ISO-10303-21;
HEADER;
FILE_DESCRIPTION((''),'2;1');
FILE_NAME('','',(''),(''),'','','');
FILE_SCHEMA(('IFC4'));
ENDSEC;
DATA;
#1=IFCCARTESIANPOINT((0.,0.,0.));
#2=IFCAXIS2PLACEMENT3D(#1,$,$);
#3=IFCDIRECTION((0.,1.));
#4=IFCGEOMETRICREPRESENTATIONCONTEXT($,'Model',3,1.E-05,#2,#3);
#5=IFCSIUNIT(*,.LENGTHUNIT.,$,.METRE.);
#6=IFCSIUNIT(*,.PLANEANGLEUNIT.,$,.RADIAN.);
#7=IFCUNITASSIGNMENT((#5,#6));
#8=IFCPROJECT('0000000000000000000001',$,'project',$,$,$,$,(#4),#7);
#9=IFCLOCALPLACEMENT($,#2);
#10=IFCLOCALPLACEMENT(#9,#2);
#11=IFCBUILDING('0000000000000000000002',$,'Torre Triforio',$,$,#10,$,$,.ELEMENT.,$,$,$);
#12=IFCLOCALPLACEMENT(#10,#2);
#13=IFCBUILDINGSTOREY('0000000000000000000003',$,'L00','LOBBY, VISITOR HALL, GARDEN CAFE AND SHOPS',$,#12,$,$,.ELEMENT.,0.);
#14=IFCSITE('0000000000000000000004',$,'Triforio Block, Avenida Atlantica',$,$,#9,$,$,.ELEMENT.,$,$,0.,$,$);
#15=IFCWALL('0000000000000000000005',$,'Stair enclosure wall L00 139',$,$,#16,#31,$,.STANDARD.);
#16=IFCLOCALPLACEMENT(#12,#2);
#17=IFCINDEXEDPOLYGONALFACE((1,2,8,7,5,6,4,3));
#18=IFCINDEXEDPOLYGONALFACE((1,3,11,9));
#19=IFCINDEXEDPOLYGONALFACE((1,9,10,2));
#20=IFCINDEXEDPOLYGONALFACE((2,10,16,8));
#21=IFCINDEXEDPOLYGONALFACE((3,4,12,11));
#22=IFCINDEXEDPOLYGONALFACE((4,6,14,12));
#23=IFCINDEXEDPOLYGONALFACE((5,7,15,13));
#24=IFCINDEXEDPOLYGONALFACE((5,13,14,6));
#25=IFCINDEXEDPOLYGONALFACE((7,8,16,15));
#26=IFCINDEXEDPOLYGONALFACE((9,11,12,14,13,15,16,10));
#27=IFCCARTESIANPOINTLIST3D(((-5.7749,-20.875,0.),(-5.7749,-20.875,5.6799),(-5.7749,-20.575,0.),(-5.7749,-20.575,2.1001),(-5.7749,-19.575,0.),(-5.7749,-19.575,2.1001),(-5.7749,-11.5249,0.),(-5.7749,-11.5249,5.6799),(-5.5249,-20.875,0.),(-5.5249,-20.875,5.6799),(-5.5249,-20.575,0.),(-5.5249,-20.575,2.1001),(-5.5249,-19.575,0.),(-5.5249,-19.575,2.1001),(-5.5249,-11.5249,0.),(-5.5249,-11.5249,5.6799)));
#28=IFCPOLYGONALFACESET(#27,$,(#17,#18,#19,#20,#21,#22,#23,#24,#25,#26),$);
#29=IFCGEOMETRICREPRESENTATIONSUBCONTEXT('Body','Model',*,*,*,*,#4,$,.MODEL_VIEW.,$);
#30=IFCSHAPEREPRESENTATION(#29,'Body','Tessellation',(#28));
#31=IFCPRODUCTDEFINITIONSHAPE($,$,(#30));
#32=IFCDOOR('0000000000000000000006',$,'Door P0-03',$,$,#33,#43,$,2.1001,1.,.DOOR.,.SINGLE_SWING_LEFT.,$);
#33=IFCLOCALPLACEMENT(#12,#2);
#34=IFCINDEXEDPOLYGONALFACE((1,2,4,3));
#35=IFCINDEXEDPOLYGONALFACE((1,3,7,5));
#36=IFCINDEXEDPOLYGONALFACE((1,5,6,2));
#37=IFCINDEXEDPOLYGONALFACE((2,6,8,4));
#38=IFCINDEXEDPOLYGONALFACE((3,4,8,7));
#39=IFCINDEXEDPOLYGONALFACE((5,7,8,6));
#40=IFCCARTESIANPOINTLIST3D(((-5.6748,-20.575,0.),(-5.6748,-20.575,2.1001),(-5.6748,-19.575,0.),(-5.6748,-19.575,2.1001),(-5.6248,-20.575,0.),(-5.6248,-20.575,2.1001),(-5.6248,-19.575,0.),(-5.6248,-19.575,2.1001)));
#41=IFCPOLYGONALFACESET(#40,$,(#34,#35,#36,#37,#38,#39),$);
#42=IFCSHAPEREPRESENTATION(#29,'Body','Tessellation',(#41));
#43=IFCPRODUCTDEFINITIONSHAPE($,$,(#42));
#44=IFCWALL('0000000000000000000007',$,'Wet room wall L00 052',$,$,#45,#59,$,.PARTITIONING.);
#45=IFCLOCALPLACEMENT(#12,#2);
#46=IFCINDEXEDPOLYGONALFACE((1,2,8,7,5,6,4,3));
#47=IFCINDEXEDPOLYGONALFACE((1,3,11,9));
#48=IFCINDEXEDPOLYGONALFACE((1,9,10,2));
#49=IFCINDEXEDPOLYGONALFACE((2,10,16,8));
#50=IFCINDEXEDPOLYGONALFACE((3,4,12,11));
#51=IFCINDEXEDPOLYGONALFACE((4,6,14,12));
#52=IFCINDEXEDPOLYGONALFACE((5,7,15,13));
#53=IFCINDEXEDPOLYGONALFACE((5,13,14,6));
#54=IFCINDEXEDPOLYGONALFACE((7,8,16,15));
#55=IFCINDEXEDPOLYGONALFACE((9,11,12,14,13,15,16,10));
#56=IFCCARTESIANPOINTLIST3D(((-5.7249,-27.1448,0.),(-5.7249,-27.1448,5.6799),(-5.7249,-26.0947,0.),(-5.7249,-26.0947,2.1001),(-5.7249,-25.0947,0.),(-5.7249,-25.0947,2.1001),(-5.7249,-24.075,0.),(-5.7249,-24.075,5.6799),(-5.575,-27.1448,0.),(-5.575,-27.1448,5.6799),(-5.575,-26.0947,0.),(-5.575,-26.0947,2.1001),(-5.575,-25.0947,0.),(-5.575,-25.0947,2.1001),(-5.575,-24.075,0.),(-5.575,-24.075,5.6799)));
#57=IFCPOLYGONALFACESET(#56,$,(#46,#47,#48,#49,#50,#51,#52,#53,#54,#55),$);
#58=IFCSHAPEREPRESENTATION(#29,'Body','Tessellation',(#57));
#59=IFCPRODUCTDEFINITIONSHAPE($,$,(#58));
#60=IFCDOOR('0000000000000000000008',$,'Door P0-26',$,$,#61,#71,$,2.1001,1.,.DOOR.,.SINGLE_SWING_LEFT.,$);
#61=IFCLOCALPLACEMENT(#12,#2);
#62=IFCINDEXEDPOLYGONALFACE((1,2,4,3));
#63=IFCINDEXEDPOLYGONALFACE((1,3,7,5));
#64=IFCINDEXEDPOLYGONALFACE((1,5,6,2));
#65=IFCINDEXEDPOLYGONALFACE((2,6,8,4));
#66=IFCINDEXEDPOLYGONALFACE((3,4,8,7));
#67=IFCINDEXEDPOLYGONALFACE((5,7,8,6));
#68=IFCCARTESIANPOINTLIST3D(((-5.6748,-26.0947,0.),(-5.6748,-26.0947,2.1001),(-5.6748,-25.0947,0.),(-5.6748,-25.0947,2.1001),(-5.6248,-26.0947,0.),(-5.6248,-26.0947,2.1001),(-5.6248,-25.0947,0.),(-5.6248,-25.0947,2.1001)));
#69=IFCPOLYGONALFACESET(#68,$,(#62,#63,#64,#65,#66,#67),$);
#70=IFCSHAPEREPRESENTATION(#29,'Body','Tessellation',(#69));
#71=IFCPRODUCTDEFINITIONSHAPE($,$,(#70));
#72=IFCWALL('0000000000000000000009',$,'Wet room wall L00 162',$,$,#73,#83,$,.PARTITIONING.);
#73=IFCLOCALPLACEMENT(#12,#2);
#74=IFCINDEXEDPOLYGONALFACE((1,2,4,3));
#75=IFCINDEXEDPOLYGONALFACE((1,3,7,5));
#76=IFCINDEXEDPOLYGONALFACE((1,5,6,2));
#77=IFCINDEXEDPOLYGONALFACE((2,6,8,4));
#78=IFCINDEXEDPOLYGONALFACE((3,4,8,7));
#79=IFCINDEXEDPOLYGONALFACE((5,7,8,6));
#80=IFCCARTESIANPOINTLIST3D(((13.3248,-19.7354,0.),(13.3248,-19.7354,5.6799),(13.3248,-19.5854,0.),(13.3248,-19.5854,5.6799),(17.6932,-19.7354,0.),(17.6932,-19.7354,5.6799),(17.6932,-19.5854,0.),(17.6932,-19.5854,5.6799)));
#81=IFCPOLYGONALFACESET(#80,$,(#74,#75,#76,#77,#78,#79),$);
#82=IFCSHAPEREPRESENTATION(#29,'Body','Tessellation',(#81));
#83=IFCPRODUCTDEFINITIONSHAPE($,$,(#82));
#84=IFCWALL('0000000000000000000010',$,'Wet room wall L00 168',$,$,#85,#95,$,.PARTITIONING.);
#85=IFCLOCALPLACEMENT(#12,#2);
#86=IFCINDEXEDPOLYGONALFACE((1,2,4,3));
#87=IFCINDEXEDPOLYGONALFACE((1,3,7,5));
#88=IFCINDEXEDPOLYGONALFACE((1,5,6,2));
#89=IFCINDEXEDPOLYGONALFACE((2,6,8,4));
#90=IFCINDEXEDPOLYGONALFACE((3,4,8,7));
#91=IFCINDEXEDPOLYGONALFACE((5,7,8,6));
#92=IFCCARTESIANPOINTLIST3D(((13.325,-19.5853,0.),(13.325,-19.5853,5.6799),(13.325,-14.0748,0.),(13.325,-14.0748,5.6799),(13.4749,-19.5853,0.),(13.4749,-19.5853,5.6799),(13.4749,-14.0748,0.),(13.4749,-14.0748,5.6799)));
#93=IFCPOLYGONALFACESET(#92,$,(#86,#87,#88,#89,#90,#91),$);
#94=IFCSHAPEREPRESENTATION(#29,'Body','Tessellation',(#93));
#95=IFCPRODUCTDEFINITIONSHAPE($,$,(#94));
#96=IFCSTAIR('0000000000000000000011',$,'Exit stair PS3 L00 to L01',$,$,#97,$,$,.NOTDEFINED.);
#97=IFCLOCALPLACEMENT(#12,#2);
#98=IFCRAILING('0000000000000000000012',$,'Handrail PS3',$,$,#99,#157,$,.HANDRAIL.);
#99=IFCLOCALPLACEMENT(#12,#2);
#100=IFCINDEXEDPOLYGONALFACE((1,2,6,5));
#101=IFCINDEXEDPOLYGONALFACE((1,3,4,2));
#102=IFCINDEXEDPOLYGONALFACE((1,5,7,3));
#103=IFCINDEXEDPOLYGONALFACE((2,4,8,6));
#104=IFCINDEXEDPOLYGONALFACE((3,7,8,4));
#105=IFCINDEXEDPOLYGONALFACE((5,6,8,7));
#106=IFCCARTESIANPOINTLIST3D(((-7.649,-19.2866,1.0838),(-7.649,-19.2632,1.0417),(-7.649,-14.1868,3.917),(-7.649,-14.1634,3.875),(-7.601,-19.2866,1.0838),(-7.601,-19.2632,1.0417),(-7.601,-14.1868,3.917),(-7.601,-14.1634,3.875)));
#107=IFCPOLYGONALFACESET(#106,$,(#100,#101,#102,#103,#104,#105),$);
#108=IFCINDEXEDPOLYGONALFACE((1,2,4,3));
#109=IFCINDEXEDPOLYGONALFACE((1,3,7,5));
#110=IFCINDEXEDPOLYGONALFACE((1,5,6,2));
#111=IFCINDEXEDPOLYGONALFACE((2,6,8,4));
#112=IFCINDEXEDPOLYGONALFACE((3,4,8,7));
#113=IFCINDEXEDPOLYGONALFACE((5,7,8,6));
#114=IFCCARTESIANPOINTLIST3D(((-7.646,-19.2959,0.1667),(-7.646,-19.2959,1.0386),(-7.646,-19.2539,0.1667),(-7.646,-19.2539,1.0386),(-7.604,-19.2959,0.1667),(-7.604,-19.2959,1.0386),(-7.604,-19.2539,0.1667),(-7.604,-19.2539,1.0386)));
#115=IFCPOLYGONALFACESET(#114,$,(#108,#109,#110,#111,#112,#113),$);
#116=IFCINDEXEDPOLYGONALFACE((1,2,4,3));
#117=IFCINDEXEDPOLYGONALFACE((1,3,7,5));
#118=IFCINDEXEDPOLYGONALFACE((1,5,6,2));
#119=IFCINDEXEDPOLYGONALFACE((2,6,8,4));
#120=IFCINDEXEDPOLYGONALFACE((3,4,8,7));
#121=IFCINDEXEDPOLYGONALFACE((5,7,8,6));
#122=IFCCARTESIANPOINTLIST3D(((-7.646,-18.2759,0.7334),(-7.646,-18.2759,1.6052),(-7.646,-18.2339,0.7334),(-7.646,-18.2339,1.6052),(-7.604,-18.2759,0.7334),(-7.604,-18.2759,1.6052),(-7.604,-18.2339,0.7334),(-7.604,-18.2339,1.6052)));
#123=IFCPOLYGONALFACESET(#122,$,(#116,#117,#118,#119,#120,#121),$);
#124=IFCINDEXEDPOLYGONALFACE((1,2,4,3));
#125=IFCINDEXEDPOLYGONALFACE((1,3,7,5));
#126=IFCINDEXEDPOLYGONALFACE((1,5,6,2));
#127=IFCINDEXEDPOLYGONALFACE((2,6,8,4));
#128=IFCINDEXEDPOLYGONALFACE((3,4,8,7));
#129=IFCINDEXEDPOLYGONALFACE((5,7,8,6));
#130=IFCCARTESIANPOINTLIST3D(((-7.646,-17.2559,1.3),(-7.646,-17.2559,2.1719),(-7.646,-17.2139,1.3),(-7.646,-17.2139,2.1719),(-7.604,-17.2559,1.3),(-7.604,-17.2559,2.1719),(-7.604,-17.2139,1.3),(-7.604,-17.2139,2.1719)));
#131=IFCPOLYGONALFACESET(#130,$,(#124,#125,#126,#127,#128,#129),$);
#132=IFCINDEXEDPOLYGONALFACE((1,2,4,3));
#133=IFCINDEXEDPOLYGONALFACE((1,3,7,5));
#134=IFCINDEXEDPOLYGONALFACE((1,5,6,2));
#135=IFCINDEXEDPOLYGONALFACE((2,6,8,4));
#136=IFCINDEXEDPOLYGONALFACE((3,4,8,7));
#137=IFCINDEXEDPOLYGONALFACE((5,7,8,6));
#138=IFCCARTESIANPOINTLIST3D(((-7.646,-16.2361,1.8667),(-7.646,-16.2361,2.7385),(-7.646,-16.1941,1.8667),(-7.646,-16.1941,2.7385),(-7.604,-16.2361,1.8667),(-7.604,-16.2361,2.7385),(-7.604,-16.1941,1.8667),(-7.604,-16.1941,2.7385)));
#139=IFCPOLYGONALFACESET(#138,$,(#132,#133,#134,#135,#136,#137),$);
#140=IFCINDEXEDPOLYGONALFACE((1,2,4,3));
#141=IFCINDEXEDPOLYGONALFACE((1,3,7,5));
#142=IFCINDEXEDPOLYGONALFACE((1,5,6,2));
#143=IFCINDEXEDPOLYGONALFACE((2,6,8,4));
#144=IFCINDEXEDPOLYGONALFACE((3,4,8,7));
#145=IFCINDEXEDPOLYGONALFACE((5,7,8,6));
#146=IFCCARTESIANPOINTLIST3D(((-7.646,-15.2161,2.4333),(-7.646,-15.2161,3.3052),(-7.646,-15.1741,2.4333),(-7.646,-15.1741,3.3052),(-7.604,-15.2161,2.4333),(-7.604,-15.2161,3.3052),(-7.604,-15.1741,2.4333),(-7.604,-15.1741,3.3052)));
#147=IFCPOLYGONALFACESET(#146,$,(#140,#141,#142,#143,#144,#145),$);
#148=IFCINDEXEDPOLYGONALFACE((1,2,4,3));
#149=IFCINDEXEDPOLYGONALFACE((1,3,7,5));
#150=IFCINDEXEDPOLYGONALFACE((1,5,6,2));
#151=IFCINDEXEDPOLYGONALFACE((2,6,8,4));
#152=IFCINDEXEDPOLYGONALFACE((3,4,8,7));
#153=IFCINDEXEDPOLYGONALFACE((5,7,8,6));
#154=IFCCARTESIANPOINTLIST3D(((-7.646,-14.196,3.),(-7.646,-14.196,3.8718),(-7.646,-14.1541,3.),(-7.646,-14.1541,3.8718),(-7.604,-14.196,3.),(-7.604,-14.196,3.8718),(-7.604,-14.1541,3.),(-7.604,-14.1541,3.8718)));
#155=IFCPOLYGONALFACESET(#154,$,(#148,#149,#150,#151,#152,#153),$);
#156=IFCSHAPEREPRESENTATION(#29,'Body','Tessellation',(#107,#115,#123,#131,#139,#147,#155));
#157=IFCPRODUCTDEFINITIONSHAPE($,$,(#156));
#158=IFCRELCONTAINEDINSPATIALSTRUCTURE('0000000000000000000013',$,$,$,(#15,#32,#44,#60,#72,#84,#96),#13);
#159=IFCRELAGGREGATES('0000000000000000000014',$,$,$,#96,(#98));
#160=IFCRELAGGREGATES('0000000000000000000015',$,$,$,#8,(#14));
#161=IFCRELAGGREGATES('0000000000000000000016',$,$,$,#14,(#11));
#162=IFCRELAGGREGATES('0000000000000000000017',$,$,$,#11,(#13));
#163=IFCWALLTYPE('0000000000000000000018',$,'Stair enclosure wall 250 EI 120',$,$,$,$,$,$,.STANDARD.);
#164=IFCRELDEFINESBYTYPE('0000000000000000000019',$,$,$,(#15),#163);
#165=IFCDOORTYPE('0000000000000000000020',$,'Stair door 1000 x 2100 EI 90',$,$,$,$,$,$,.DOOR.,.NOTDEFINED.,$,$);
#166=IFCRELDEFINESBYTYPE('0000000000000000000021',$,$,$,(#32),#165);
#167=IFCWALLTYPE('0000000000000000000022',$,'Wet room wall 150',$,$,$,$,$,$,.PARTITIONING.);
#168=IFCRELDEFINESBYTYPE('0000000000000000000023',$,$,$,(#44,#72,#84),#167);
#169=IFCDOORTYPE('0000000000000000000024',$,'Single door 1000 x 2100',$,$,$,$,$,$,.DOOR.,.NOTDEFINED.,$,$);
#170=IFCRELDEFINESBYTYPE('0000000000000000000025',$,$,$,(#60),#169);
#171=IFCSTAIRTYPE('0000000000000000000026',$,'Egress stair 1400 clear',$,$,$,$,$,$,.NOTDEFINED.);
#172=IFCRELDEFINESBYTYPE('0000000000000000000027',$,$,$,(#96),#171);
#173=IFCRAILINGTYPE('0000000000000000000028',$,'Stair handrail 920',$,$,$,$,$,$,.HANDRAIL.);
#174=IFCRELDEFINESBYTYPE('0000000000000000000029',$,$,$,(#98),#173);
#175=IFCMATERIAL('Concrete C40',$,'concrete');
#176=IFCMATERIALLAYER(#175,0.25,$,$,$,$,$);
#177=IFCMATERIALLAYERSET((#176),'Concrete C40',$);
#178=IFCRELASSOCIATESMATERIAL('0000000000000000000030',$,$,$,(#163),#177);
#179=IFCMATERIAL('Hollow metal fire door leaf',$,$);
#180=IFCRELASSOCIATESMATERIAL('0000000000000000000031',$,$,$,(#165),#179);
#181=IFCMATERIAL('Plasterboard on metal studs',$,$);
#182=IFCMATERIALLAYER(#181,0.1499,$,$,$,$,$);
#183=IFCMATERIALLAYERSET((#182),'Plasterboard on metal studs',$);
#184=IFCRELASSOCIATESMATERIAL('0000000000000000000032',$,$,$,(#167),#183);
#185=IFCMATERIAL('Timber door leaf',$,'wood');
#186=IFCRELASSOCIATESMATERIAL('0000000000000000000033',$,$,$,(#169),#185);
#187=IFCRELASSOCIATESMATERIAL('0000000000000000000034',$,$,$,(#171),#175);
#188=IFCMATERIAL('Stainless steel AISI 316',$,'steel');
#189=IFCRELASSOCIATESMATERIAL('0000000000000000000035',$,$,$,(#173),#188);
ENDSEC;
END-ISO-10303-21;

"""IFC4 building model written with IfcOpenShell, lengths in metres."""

from ifc_helpers import new_model, si_unit, direction, frame, frame_2d, origin, origin_2d, place, context, subcontext, project, spatial, rectangle, extrude, material, layer, layer_set, type_object, element, fill, aggregate, save


model = new_model("IFC4")

# Units and contexts
model_context = context("Model", 3, precision=1e-05, world=origin(), true_north=direction((0.0, 1.0)))
body_context = subcontext(model_context, "Body", "Model", "MODEL_VIEW")
ifc_project = project(units=[si_unit("LENGTHUNIT", "METRE"), si_unit("PLANEANGLEUNIT", "RADIAN")], contexts=[model_context])

# Site, building, storey
site_placement = place(None, origin())
site = spatial("IfcSite", under=ifc_project, at=site_placement, Name="Triforio Block, Avenida Atlantica", CompositionType="ELEMENT", RefElevation=0.0)
building_placement = place(site_placement, origin())
building = spatial("IfcBuilding", under=site, at=building_placement, Name="Torre Triforio", CompositionType="ELEMENT")
storey_placement = place(building_placement, origin())
storey = spatial("IfcBuildingStorey", under=building, at=storey_placement, Name="L00", Description="LOBBY, VISITOR HALL, GARDEN CAFE AND SHOPS", CompositionType="ELEMENT", Elevation=0.0)

# Shared definitions
ifc_material_1 = material(Name="Plasterboard on metal studs")

# Shared definitions
ifc_material_2 = material(Name="Hollow metal fire door leaf")

# Walls, openings, doors
ifc_material_3 = material(Name="Concrete C40", Category="concrete")
ifc_layer_1 = layer(ifc_material_3, 0.25)
ifc_layer_set_1 = layer_set([ifc_layer_1], Name="Concrete C40")
wall_type_1 = type_object("IfcWallType", Name="Stair enclosure wall 250 EI 120", PredefinedType="STANDARD", material=ifc_layer_set_1)
wall_1_placement = place(storey_placement, frame((-5.6499, -20.875, 0.0), z_axis=(0.0, 0.0, 1.0), x_axis=(0.0, 1.0, 0.0)))
wall_1 = element("IfcWall", 1, at=wall_1_placement, inside=storey, type_object=wall_type_1, Name="Stair enclosure wall L00 139", PredefinedType="STANDARD", context=body_context, shape_type="SweptSolid", body=[
    extrude(rectangle(XDim=9.3501, YDim=0.25, at=frame_2d((4.675, 0.0))), origin(), (0.0, 0.0, 1.0), 5.6799),
])
opening_1_placement = place(wall_1_placement, frame((0.3, 0.0, 0.0)))
opening_1 = element("IfcOpeningElement", 2, at=opening_1_placement, cuts=wall_1, PredefinedType="OPENING", context=body_context, shape_type="SweptSolid", body=[
    extrude(rectangle(XDim=1.0, YDim=2.1001, at=frame_2d((0.5, 1.05))), frame((0.0, 0.135, 0.0), z_axis=(0.0, -1.0, 0.0), x_axis=(1.0, 0.0, 0.0)), (0.0, 0.0, 1.0), 0.27),
])
door_type_1 = type_object("IfcDoorType", Name="Stair door 1000 x 2100 EI 90", OperationType="NOTDEFINED", PredefinedType="DOOR", material=ifc_material_2)
door_1_placement = place(opening_1_placement, origin())
door_1 = element("IfcDoor", 3, at=door_1_placement, inside=storey, type_object=door_type_1, Name="Door P0-03", OperationType="SINGLE_SWING_LEFT", OverallHeight=2.1001, OverallWidth=1.0, PredefinedType="DOOR", context=body_context, shape_type="SweptSolid", body=[
    extrude(rectangle(XDim=1.0, YDim=2.1001, at=frame_2d((0.5, 1.05))), frame((0.0, 0.0249, 0.0), z_axis=(0.0, -1.0, 0.0), x_axis=(1.0, 0.0, 0.0)), (0.0, 0.0, 1.0), 0.05),
])
fill(opening_1, door_1)
ifc_layer_2 = layer(ifc_material_1, 0.1499)
ifc_layer_set_2 = layer_set([ifc_layer_2], Name="Plasterboard on metal studs")
wall_type_2 = type_object("IfcWallType", Name="Wet room wall 150", PredefinedType="PARTITIONING", material=ifc_layer_set_2)
wall_2_placement = place(storey_placement, frame((-5.6499, -27.1448, 0.0), z_axis=(0.0, 0.0, 1.0), x_axis=(0.0, 1.0, 0.0)))
wall_2 = element("IfcWall", 4, at=wall_2_placement, inside=storey, type_object=wall_type_2, Name="Wet room wall L00 052", PredefinedType="PARTITIONING", context=body_context, shape_type="SweptSolid", body=[
    extrude(rectangle(XDim=3.0698, YDim=0.1499, at=frame_2d((1.5349, 0.0))), origin(), (0.0, 0.0, 1.0), 5.6799),
])
opening_2_placement = place(wall_2_placement, frame((1.05, 0.0, 0.0)))
opening_2 = element("IfcOpeningElement", 5, at=opening_2_placement, cuts=wall_2, PredefinedType="OPENING", context=body_context, shape_type="SweptSolid", body=[
    extrude(rectangle(XDim=1.0, YDim=2.1001, at=frame_2d((0.5, 1.05))), frame((0.0, 0.085, 0.0), z_axis=(0.0, -1.0, 0.0), x_axis=(1.0, 0.0, 0.0)), (0.0, 0.0, 1.0), 0.1699),
])
ifc_material_4 = material(Name="Timber door leaf", Category="wood")
door_type_2 = type_object("IfcDoorType", Name="Single door 1000 x 2100", OperationType="NOTDEFINED", PredefinedType="DOOR", material=ifc_material_4)
door_2_placement = place(opening_2_placement, origin())
door_2 = element("IfcDoor", 6, at=door_2_placement, inside=storey, type_object=door_type_2, Name="Door P0-26", OperationType="SINGLE_SWING_LEFT", OverallHeight=2.1001, OverallWidth=1.0, PredefinedType="DOOR", context=body_context, shape_type="SweptSolid", body=[
    extrude(rectangle(XDim=1.0, YDim=2.1001, at=frame_2d((0.5, 1.05))), frame((0.0, 0.0249, 0.0), z_axis=(0.0, -1.0, 0.0), x_axis=(1.0, 0.0, 0.0)), (0.0, 0.0, 1.0), 0.05),
])
fill(opening_2, door_2)

# Walls
wall_3_placement = place(storey_placement, frame((13.325, -19.6604, 0.0), z_axis=(0.0, 0.0, 1.0), x_axis=(1.0, 0.0, 0.0)))
element("IfcWall", 7, at=wall_3_placement, inside=storey, type_object=wall_type_2, Name="Wet room wall L00 162", PredefinedType="PARTITIONING", context=body_context, shape_type="SweptSolid", body=[
    extrude(rectangle(XDim=4.3684, YDim=0.1499, at=frame_2d((2.1841, 0.0))), origin(), (0.0, 0.0, 1.0), 5.6799),
])
wall_4_placement = place(storey_placement, frame((13.3999, -19.5854, 0.0), z_axis=(0.0, 0.0, 1.0), x_axis=(0.0, 1.0, 0.0)))
element("IfcWall", 8, at=wall_4_placement, inside=storey, type_object=wall_type_2, Name="Wet room wall L00 168", PredefinedType="PARTITIONING", context=body_context, shape_type="SweptSolid", body=[
    extrude(rectangle(XDim=5.5105, YDim=0.1499, at=frame_2d((2.7554, 0.0))), origin(), (0.0, 0.0, 1.0), 5.6799),
])

# Stair, railing
stair_type = type_object("IfcStairType", Name="Egress stair 1400 clear", PredefinedType="NOTDEFINED", material=ifc_material_3)
stair_placement = place(storey_placement, origin())
stair = element("IfcStair", 9, at=stair_placement, inside=storey, type_object=stair_type, Name="Exit stair PS3 L00 to L01", PredefinedType="NOTDEFINED")
ifc_material_5 = material(Name="Stainless steel AISI 316", Category="steel")
railing_type = type_object("IfcRailingType", Name="Stair handrail 920", PredefinedType="HANDRAIL", material=ifc_material_5)
railing_placement = place(storey_placement, frame((-7.625, -19.2749, 0.1667)))
railing = element("IfcRailing", 10, at=railing_placement, type_object=railing_type, Name="Handrail PS3", PredefinedType="HANDRAIL", context=body_context, shape_type="SweptSolid", body=[
    extrude(rectangle(XDim=0.0481, YDim=0.0481, at=origin_2d()), frame((0.0, 0.0, 0.896), z_axis=(0.0, 0.874157, 0.485643), x_axis=(-1.0, 0.0, 0.0)), (0.0, 0.0, 1.0), 5.834),
    extrude(rectangle(XDim=0.042, YDim=0.042, at=origin_2d()), origin(), (0.0, 0.0, 1.0), 0.8718),
    extrude(rectangle(XDim=0.042, YDim=0.042, at=origin_2d()), frame((0.0, 1.02, 0.5667)), (0.0, 0.0, 1.0), 0.8718),
    extrude(rectangle(XDim=0.042, YDim=0.042, at=origin_2d()), frame((0.0, 2.04, 1.1333)), (0.0, 0.0, 1.0), 0.8718),
    extrude(rectangle(XDim=0.042, YDim=0.042, at=origin_2d()), frame((0.0, 3.0598, 1.7)), (0.0, 0.0, 1.0), 0.8718),
    extrude(rectangle(XDim=0.042, YDim=0.042, at=origin_2d()), frame((0.0, 4.0798, 2.2666)), (0.0, 0.0, 1.0), 0.8718),
    extrude(rectangle(XDim=0.042, YDim=0.042, at=origin_2d()), frame((0.0, 5.0999, 2.8333)), (0.0, 0.0, 1.0), 0.8718),
])
aggregate(stair, [railing])

save(model, "model.ifc")
